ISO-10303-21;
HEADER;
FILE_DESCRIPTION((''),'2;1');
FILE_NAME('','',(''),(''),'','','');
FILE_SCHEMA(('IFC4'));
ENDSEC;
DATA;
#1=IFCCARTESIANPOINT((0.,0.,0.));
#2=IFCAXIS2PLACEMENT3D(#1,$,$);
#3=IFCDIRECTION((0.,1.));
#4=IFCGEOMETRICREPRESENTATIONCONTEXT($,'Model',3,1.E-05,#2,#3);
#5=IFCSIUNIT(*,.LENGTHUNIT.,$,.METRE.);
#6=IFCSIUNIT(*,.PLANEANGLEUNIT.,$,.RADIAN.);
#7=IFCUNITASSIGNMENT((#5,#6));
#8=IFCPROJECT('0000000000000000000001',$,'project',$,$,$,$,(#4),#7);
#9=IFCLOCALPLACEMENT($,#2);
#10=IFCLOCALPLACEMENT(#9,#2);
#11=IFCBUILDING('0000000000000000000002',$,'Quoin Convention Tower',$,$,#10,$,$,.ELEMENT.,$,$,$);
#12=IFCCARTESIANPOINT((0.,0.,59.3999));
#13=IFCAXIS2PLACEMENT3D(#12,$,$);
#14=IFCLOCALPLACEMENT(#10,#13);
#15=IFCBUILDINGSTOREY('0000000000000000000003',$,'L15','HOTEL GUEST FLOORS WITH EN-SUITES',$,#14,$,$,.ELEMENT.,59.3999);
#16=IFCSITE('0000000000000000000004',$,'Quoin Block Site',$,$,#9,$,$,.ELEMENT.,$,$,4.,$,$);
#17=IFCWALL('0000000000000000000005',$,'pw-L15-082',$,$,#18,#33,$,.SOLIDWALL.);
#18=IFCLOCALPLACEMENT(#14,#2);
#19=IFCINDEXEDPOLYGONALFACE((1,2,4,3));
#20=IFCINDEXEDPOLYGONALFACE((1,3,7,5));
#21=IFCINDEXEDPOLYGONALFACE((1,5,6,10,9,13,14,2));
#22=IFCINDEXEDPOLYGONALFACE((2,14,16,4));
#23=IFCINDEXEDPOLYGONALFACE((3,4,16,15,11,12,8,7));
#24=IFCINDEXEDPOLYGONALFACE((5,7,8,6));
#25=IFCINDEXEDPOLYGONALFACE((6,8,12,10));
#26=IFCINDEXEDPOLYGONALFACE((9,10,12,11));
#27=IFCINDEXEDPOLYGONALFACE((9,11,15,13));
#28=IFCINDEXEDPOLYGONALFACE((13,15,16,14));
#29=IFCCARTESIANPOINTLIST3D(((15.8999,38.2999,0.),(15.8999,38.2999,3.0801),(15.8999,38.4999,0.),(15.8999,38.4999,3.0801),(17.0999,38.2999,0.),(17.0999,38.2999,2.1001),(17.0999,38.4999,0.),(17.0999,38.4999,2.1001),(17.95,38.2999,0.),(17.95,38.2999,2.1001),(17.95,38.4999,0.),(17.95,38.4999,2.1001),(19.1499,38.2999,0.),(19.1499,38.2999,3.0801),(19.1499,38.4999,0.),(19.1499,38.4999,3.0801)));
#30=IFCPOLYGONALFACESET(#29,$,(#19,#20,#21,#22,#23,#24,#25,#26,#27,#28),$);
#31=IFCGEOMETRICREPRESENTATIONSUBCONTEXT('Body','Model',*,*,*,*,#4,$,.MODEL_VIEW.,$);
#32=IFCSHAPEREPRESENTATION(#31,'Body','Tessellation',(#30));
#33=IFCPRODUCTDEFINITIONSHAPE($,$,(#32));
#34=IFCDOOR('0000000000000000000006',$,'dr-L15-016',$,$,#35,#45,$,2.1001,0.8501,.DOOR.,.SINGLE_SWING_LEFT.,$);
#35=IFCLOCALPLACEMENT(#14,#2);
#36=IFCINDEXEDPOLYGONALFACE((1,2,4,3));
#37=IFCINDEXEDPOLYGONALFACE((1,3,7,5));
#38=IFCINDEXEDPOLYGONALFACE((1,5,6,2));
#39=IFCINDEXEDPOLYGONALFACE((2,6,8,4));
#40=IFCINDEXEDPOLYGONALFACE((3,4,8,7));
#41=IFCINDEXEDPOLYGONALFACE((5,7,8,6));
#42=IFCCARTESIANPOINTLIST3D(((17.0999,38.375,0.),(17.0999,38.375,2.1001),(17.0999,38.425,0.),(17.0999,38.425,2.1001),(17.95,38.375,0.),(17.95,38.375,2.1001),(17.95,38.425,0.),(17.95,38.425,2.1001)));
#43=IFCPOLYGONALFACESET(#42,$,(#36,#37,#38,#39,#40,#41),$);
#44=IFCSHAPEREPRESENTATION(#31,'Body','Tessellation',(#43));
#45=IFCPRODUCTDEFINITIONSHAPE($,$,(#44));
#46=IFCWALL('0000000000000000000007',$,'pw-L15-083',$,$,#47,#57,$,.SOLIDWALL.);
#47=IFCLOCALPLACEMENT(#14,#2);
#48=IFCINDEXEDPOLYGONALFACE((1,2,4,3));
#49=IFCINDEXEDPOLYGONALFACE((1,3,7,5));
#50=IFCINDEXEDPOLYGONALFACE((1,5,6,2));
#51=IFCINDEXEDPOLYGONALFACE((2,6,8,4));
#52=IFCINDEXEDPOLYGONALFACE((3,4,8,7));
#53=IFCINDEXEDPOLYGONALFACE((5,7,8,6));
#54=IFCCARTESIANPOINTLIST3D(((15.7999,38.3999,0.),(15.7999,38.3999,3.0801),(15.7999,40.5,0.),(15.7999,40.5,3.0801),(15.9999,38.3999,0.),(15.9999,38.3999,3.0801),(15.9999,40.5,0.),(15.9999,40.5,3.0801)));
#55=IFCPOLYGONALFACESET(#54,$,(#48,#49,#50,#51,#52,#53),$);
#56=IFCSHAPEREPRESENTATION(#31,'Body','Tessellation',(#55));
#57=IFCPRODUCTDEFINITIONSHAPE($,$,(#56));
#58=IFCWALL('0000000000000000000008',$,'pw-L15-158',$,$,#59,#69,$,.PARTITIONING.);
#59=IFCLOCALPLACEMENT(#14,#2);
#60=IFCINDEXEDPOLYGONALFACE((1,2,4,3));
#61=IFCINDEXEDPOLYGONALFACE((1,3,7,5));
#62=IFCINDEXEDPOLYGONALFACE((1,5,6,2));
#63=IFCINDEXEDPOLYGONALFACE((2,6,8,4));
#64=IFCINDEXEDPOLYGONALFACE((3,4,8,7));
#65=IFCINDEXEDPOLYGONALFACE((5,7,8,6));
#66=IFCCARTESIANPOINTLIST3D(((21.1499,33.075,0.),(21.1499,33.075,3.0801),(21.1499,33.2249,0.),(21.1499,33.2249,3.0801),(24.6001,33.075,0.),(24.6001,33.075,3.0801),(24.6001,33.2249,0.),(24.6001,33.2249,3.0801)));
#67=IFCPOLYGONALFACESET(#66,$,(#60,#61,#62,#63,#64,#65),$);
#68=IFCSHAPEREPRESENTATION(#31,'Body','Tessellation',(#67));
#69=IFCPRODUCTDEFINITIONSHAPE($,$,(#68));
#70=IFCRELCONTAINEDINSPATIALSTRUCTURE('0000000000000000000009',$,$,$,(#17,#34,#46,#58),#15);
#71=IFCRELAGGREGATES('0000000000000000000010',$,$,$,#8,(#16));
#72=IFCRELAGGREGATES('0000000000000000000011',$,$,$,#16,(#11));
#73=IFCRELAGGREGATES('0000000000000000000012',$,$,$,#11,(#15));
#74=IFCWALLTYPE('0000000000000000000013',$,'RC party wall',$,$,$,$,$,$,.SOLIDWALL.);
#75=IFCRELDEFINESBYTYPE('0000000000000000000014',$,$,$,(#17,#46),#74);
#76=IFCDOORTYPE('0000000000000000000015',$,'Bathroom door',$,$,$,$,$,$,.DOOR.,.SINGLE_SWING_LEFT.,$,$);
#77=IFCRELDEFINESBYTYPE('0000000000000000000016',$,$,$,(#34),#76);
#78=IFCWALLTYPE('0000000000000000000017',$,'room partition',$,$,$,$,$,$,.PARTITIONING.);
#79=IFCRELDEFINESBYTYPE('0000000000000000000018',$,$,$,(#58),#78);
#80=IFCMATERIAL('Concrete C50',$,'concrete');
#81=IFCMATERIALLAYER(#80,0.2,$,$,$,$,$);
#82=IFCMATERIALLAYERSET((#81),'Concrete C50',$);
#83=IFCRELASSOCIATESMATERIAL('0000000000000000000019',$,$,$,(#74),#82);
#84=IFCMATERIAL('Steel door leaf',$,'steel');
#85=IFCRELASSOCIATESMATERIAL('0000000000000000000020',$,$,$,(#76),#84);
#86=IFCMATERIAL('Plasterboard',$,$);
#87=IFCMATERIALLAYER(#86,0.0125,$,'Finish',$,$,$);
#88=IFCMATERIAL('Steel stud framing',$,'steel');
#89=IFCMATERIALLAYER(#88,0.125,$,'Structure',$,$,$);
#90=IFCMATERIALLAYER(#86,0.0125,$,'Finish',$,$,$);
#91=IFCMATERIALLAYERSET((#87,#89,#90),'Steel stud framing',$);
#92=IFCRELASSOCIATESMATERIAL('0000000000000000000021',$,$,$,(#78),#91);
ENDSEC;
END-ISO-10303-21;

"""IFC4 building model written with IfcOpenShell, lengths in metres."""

from ifc_helpers import new_model, si_unit, direction, frame, frame_2d, origin, place, context, subcontext, project, spatial, rectangle, extrude, material, layer, layer_set, type_object, element, fill, save


model = new_model("IFC4")

# Units and contexts
model_context = context("Model", 3, precision=1e-05, world=origin(), true_north=direction((0.0, 1.0)))
body_context = subcontext(model_context, "Body", "Model", "MODEL_VIEW")
ifc_project = project(units=[si_unit("LENGTHUNIT", "METRE"), si_unit("PLANEANGLEUNIT", "RADIAN")], contexts=[model_context])

# Site, building, storey
site_placement = place(None, origin())
site = spatial("IfcSite", under=ifc_project, at=site_placement, Name="Quoin Block Site", CompositionType="ELEMENT", RefElevation=4.0)
building_placement = place(site_placement, origin())
building = spatial("IfcBuilding", under=site, at=building_placement, Name="Quoin Convention Tower", CompositionType="ELEMENT")
storey_placement = place(building_placement, frame((0.0, 0.0, 59.3999)))
storey = spatial("IfcBuildingStorey", under=building, at=storey_placement, Name="L15", Description="HOTEL GUEST FLOORS WITH EN-SUITES", CompositionType="ELEMENT", Elevation=59.3999)

# Shared definitions
ifc_material_1 = material(Name="Concrete C50", Category="concrete")
ifc_layer_1 = layer(ifc_material_1, 0.2)
ifc_layer_set_1 = layer_set([ifc_layer_1], Name="Concrete C50")
wall_type_1 = type_object("IfcWallType", Name="RC party wall", PredefinedType="SOLIDWALL", material=ifc_layer_set_1)
ifc_material_2 = material(Name="Steel door leaf", Category="steel")
door_type = type_object("IfcDoorType", Name="Bathroom door", OperationType="SINGLE_SWING_LEFT", PredefinedType="DOOR", material=ifc_material_2)

# Wall, opening, door
wall_1_placement = place(storey_placement, frame((15.8999, 38.3999, 0.0), z_axis=(0.0, 0.0, 1.0), x_axis=(1.0, 0.0, 0.0)))
wall_1 = element("IfcWall", 1, at=wall_1_placement, inside=storey, type_object=wall_type_1, Name="pw-L15-082", PredefinedType="SOLIDWALL", context=body_context, shape_type="SweptSolid", body=[
    extrude(rectangle(XDim=3.25, YDim=0.2, at=frame_2d((1.625, 0.0))), origin(), (0.0, 0.0, 1.0), 3.0801),
])
opening_1_placement = place(wall_1_placement, frame((1.2, 0.0, 0.0)))
opening_1 = element("IfcOpeningElement", 2, at=opening_1_placement, cuts=wall_1, PredefinedType="OPENING", context=body_context, shape_type="SweptSolid", body=[
    extrude(rectangle(XDim=0.8501, YDim=2.1001, at=frame_2d((0.425, 1.05))), frame((0.0, 0.1099, 0.0), z_axis=(0.0, -1.0, 0.0), x_axis=(1.0, 0.0, 0.0)), (0.0, 0.0, 1.0), 0.22),
])
door_1_placement = place(opening_1_placement, frame((0.8501, 0.0, 0.0), z_axis=(0.0, 0.0, 1.0), x_axis=(-1.0, 0.0, 0.0)))
door_1 = element("IfcDoor", 3, at=door_1_placement, inside=storey, type_object=door_type, Name="dr-L15-016", OperationType="SINGLE_SWING_LEFT", OverallHeight=2.1001, OverallWidth=0.8501, PredefinedType="DOOR", context=body_context, shape_type="SweptSolid", body=[
    extrude(rectangle(XDim=0.8501, YDim=2.1001, at=frame_2d((0.425, 1.05))), frame((0.0, 0.0249, 0.0), z_axis=(0.0, -1.0, 0.0), x_axis=(1.0, 0.0, 0.0)), (0.0, 0.0, 1.0), 0.05),
])
fill(opening_1, door_1)

# Walls
wall_2_placement = place(storey_placement, frame((15.8999, 38.3999, 0.0), z_axis=(0.0, 0.0, 1.0), x_axis=(0.0, 1.0, 0.0)))
element("IfcWall", 4, at=wall_2_placement, inside=storey, type_object=wall_type_1, Name="pw-L15-083", PredefinedType="SOLIDWALL", context=body_context, shape_type="SweptSolid", body=[
    extrude(rectangle(XDim=2.1001, YDim=0.2, at=frame_2d((1.05, 0.0))), origin(), (0.0, 0.0, 1.0), 3.0801),
])
ifc_material_3 = material(Name="Plasterboard")
ifc_layer_2 = layer(ifc_material_3, 0.0125, Name="Finish")
ifc_material_4 = material(Name="Steel stud framing", Category="steel")
ifc_layer_3 = layer(ifc_material_4, 0.125, Name="Structure")
ifc_layer_4 = layer(ifc_material_3, 0.0125, Name="Finish")
ifc_layer_set_2 = layer_set([ifc_layer_2, ifc_layer_3, ifc_layer_4], Name="Steel stud framing")
wall_type_2 = type_object("IfcWallType", Name="room partition", PredefinedType="PARTITIONING", material=ifc_layer_set_2)
wall_3_placement = place(storey_placement, frame((21.1499, 33.1499, 0.0), z_axis=(0.0, 0.0, 1.0), x_axis=(1.0, 0.0, 0.0)))
element("IfcWall", 5, at=wall_3_placement, inside=storey, type_object=wall_type_2, Name="pw-L15-158", PredefinedType="PARTITIONING", context=body_context, shape_type="SweptSolid", body=[
    extrude(rectangle(XDim=3.4502, YDim=0.1499, at=frame_2d((1.7251, 0.0))), origin(), (0.0, 0.0, 1.0), 3.0801),
])

save(model, "model.ifc")
